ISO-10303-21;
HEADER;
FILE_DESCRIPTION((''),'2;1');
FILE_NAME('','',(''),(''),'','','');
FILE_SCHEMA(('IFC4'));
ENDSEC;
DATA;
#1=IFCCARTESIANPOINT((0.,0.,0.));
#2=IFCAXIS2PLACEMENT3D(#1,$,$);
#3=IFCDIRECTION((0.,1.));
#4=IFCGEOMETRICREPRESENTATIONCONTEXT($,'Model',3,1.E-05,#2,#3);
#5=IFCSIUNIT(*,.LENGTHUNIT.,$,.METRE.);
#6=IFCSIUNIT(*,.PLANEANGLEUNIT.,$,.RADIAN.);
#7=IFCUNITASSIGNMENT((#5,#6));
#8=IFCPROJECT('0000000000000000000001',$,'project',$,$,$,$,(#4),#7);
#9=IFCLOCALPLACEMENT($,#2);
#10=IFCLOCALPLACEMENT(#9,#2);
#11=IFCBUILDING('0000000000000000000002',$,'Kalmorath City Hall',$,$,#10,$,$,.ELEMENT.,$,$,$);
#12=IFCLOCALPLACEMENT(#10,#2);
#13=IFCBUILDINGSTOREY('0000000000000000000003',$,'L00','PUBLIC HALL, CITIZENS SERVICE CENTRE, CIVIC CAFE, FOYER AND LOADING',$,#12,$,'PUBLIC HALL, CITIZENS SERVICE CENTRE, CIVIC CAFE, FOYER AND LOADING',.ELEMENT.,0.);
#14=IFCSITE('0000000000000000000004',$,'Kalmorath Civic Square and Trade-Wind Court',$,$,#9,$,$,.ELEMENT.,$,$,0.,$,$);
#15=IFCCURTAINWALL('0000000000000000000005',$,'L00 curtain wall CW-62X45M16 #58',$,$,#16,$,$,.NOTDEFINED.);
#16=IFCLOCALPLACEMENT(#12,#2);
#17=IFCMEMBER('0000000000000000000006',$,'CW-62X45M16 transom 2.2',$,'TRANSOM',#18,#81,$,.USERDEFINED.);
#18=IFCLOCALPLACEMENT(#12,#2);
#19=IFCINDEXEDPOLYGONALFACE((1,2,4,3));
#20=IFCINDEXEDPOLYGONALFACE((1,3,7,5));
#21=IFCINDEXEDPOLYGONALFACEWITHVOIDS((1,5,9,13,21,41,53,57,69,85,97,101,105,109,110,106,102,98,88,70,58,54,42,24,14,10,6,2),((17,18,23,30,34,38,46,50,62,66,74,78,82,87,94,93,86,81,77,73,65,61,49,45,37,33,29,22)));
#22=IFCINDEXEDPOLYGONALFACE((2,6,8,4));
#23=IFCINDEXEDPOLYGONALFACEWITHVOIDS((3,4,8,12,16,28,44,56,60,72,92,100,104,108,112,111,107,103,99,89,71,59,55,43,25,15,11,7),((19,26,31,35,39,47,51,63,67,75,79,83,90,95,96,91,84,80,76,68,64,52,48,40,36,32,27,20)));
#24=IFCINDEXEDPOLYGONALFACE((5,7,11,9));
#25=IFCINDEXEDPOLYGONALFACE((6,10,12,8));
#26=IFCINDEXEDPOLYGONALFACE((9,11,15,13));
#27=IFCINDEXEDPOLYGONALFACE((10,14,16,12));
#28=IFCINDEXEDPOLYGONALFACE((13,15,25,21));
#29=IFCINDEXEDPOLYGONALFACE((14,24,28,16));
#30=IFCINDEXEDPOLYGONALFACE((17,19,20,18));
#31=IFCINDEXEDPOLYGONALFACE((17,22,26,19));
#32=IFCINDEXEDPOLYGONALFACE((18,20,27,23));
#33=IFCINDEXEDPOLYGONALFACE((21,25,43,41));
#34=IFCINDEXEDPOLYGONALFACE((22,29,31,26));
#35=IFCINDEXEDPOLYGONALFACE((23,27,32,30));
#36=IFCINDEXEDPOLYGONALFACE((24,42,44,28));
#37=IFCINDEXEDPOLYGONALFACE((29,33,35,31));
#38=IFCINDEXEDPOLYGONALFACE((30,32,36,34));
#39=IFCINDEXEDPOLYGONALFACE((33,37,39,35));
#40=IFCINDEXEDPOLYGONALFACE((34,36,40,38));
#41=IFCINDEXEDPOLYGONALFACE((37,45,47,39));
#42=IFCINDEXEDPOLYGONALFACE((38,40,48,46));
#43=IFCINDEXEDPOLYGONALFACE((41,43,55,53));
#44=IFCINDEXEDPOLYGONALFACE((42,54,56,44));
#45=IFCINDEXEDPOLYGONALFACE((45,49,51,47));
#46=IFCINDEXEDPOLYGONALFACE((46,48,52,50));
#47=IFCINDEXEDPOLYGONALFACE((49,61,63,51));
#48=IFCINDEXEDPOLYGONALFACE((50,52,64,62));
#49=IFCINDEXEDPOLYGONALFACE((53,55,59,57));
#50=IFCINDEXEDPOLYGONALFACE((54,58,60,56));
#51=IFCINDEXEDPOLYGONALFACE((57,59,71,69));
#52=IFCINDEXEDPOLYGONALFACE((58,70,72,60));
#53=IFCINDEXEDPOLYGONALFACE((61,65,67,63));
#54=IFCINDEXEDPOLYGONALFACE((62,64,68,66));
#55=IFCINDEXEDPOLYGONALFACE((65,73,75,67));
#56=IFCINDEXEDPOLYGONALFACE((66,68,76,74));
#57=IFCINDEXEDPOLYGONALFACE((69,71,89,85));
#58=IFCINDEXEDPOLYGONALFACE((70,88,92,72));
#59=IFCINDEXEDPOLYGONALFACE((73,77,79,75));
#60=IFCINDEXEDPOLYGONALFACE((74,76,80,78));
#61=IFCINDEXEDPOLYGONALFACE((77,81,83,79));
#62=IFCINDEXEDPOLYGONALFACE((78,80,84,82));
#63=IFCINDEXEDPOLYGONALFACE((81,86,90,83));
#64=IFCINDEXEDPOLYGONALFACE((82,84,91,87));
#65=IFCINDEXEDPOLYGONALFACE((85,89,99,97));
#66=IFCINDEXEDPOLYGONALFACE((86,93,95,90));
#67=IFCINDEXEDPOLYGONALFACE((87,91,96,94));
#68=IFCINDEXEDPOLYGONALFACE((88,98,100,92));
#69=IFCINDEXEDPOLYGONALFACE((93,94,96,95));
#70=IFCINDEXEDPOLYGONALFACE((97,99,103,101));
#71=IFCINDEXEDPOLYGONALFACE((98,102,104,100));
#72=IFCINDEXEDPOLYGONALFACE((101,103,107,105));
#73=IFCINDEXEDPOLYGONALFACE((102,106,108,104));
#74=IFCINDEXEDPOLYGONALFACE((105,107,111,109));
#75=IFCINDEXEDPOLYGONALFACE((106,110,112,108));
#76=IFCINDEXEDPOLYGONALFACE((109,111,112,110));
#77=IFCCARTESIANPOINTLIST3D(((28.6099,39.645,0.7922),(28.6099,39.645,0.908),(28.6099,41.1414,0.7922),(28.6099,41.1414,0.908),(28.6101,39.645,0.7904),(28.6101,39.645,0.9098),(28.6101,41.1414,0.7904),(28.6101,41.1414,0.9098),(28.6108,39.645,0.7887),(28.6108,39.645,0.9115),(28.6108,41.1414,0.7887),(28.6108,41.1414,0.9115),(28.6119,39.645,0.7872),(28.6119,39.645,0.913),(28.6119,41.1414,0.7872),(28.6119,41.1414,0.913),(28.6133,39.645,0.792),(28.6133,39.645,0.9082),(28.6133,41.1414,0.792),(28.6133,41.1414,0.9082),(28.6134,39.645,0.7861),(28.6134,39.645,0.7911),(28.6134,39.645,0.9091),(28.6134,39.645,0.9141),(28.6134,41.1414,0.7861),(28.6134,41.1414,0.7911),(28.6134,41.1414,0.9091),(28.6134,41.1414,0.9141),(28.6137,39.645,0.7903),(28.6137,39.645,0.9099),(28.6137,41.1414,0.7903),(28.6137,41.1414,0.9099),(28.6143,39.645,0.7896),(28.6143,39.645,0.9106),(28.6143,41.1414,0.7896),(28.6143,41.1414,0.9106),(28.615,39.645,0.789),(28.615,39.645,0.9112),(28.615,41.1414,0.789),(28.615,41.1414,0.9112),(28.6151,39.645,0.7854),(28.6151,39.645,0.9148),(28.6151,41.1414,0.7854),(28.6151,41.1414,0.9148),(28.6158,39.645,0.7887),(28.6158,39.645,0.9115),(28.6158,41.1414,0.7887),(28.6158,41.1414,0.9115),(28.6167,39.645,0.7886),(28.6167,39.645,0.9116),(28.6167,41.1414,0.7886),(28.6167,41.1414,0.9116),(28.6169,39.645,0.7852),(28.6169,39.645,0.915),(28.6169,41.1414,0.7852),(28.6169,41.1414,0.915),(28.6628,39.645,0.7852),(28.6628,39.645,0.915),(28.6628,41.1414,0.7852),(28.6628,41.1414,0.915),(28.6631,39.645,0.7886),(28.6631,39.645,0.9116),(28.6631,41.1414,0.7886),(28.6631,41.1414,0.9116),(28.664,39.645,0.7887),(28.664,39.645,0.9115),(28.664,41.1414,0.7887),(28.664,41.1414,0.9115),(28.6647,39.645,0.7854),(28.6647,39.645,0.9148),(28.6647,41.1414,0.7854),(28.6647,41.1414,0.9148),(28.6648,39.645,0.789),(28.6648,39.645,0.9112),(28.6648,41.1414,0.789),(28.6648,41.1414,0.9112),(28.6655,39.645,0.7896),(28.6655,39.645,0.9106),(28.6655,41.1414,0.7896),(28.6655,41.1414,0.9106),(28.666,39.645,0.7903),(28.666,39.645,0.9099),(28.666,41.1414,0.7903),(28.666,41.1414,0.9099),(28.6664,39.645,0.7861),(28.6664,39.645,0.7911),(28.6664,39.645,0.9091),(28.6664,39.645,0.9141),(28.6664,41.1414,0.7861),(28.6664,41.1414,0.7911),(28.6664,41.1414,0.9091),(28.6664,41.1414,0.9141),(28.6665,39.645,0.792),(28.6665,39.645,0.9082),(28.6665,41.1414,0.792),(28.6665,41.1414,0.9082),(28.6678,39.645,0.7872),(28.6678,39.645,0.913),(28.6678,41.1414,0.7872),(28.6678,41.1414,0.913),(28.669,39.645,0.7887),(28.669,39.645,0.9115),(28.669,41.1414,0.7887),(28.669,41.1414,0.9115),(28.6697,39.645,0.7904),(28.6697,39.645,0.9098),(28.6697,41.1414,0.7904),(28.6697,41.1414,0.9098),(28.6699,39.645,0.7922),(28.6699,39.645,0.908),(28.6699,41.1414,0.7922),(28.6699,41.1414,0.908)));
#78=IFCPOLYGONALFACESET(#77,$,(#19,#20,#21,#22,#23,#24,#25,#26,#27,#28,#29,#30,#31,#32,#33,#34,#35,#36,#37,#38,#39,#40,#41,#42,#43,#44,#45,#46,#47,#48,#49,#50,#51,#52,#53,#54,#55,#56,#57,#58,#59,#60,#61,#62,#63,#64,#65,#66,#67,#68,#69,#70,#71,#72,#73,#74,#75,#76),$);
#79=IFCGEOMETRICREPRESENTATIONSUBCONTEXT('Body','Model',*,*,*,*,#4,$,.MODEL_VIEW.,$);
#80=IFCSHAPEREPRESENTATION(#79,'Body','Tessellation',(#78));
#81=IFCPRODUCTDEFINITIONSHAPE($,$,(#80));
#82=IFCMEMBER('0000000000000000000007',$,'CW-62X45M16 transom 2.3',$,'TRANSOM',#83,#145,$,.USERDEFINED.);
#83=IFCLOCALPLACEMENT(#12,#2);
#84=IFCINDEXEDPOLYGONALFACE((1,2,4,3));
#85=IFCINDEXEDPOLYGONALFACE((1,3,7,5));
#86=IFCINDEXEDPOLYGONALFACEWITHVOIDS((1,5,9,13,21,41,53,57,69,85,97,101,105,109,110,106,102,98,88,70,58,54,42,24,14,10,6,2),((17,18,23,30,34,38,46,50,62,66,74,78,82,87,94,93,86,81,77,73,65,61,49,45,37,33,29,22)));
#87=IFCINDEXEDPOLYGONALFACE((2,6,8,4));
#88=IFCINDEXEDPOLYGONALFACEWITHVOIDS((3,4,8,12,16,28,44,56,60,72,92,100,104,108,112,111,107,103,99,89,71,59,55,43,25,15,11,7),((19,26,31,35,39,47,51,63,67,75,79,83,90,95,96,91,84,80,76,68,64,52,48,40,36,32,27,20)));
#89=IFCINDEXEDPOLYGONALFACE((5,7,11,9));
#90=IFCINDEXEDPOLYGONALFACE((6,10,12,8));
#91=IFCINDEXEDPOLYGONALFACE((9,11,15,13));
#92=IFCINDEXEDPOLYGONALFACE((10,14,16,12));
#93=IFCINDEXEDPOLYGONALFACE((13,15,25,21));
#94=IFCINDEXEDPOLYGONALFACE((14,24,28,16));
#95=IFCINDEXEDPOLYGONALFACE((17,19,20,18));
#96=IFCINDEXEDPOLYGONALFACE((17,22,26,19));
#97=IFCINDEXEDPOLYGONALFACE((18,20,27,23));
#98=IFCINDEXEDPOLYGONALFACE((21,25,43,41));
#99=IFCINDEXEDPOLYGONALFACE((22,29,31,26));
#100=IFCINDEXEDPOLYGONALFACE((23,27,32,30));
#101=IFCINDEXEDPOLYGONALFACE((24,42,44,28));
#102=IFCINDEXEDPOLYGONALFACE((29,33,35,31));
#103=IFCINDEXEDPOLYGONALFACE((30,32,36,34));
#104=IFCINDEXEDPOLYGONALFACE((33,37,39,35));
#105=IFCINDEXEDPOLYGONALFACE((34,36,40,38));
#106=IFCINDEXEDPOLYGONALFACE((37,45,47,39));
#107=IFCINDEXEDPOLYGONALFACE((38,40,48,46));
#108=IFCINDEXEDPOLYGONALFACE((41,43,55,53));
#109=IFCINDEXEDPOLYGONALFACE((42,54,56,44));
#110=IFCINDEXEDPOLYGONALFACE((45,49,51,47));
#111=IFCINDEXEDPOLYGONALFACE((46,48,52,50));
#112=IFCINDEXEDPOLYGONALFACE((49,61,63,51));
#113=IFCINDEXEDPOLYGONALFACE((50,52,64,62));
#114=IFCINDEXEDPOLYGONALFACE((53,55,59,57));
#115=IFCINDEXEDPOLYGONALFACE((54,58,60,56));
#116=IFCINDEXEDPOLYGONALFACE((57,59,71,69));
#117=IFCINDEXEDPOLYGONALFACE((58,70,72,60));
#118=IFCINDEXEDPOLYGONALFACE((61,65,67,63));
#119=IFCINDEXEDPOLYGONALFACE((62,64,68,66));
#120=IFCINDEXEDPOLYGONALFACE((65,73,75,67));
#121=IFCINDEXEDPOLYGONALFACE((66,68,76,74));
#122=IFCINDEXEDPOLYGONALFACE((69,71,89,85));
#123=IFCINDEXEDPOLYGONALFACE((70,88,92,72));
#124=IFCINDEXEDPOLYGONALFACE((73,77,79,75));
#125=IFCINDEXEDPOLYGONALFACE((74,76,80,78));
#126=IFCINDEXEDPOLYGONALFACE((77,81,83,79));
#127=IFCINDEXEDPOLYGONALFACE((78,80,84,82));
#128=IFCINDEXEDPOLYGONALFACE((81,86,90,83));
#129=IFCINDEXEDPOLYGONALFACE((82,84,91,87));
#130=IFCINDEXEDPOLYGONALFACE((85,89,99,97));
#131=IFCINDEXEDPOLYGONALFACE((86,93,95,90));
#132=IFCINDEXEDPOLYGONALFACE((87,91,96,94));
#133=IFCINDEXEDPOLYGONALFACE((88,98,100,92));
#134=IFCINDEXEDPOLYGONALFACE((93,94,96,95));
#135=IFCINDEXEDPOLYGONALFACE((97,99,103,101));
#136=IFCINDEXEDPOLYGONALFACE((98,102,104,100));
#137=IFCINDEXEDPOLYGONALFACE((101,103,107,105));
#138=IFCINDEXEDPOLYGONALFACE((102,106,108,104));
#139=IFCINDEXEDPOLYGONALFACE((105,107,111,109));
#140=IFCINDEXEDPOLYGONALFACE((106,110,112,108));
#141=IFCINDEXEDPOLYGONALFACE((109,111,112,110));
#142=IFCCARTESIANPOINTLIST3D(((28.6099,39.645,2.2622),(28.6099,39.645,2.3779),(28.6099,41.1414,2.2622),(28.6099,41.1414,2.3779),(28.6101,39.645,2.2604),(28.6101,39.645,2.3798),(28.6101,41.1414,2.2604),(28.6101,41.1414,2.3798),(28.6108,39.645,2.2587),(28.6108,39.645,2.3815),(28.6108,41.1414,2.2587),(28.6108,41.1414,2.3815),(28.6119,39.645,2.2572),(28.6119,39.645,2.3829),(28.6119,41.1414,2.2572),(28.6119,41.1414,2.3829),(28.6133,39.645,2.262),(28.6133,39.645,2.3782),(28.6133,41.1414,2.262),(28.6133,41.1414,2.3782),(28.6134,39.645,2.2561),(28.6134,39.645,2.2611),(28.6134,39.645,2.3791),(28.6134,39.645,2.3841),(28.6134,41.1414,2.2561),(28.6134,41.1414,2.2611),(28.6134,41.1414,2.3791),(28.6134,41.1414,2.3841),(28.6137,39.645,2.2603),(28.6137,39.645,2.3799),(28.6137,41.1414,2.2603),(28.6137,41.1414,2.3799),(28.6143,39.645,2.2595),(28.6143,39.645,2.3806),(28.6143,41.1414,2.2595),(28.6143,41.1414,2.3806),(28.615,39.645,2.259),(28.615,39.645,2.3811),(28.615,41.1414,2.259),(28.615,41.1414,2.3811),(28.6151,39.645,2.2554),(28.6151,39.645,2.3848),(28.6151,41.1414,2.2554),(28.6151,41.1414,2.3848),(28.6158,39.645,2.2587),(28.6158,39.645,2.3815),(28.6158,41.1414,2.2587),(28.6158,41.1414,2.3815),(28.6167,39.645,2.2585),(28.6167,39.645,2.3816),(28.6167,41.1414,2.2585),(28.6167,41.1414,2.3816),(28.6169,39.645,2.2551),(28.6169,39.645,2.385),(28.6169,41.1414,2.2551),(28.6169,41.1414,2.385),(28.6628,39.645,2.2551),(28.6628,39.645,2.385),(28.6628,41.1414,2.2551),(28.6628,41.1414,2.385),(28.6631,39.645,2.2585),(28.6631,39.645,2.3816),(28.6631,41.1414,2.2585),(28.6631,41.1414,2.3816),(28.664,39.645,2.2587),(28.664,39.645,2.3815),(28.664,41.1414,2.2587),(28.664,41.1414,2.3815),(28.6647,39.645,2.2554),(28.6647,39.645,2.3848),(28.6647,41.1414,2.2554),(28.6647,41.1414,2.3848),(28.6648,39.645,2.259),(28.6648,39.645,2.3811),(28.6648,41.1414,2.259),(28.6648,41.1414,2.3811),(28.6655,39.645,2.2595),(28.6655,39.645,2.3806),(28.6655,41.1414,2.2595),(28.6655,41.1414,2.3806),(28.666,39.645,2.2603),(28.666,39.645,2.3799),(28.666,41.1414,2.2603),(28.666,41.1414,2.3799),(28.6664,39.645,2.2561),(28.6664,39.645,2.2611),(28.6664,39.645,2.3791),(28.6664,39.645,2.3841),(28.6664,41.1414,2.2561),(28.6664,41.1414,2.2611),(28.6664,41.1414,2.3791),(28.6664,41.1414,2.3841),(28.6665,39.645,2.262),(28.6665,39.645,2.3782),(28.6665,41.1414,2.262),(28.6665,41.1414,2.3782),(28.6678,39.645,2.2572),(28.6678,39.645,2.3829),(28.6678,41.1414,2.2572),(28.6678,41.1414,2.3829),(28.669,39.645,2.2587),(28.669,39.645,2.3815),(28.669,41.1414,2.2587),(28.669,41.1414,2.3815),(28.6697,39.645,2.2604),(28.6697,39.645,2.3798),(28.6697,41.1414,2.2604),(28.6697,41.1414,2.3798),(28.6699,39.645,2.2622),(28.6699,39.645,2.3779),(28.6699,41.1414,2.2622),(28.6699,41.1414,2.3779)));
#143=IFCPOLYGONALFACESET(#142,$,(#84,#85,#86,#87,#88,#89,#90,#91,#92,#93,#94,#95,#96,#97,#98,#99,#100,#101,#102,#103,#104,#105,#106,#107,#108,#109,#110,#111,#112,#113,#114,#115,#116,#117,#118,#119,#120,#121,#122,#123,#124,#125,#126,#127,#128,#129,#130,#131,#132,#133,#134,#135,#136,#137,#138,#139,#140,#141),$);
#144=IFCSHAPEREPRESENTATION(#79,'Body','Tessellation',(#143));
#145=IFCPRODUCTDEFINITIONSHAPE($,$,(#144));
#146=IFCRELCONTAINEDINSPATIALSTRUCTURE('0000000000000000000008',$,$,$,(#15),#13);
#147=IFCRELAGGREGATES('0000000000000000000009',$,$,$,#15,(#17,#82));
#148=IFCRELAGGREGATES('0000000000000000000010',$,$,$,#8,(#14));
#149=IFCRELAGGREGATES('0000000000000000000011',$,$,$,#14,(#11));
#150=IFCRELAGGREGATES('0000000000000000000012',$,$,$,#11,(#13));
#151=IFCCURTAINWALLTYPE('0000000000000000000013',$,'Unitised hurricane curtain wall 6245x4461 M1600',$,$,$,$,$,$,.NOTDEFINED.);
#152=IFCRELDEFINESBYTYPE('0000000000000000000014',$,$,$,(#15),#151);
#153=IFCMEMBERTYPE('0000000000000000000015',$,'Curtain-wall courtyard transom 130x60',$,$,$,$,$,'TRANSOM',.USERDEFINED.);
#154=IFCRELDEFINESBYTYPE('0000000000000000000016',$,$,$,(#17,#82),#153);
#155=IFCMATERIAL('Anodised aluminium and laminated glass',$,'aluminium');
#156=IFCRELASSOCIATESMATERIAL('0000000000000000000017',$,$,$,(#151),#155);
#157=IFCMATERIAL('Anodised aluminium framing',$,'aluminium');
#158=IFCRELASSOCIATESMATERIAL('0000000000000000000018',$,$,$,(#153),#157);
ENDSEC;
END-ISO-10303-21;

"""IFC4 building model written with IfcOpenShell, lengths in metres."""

from ifc_helpers import new_model, si_unit, direction, frame, origin, origin_2d, place, context, subcontext, project, spatial, hollow_rectangle, extrude, material, material_profile, profile_set, type_object, element, aggregate, save


model = new_model("IFC4")

# Units and contexts
model_context = context("Model", 3, precision=1e-05, world=origin(), true_north=direction((0.0, 1.0)))
body_context = subcontext(model_context, "Body", "Model", "MODEL_VIEW")
ifc_project = project(units=[si_unit("LENGTHUNIT", "METRE"), si_unit("PLANEANGLEUNIT", "RADIAN")], contexts=[model_context])

# Site, building, storey
site_placement = place(None, origin())
site = spatial("IfcSite", under=ifc_project, at=site_placement, Name="Kalmorath Civic Square and Trade-Wind Court", CompositionType="ELEMENT", RefElevation=0.0)
building_placement = place(site_placement, origin())
building = spatial("IfcBuilding", under=site, at=building_placement, Name="Kalmorath City Hall", CompositionType="ELEMENT")
storey_placement = place(building_placement, origin())
storey = spatial("IfcBuildingStorey", under=building, at=storey_placement, Name="L00", Description="PUBLIC HALL, CITIZENS SERVICE CENTRE, CIVIC CAFE, FOYER AND LOADING", LongName="PUBLIC HALL, CITIZENS SERVICE CENTRE, CIVIC CAFE, FOYER AND LOADING", CompositionType="ELEMENT", Elevation=0.0)

# Curtain wall, members
ifc_material_1 = material(Name="Anodised aluminium and laminated glass", Category="aluminium")
curtain_wall_type_1 = type_object("IfcCurtainWallType", Name="Unitised hurricane curtain wall 6245x4461 M1600", PredefinedType="NOTDEFINED", material=ifc_material_1)
curtain_wall_1_placement = place(storey_placement, origin())
curtain_wall_1 = element("IfcCurtainWall", 1, at=curtain_wall_1_placement, inside=storey, type_object=curtain_wall_type_1, Name="L00 curtain wall CW-62X45M16 #58", PredefinedType="NOTDEFINED")
ifc_material_2 = material(Name="Anodised aluminium framing", Category="aluminium")
ifc_material_profile_1 = material_profile(ifc_material_2, hollow_rectangle(XDim=0.0601, YDim=0.1299, WallThickness=0.0034, InnerFilletRadius=0.0034, OuterFilletRadius=0.0071, at=origin_2d()), Name="ALU-TRN-130X60X3.5")
ifc_profile_set_1 = profile_set([ifc_material_profile_1], Name="Anodised aluminium framing")
member_type_1 = type_object("IfcMemberType", Name="Curtain-wall courtyard transom 130x60", ElementType="TRANSOM", PredefinedType="USERDEFINED", material=ifc_profile_set_1)
member_1_placement = place(storey_placement, frame((28.6399, 41.1414, 0.8501), z_axis=(0.0, -1.0, 0.0), x_axis=(1.0, 0.0, 0.0)))
member_1 = element("IfcMember", 2, at=member_1_placement, type_object=member_type_1, Name="CW-62X45M16 transom 2.2", ObjectType="TRANSOM", PredefinedType="USERDEFINED", context=body_context, shape_type="SweptSolid", body=[
    extrude(hollow_rectangle(XDim=0.0601, YDim=0.1299, WallThickness=0.0034, InnerFilletRadius=0.0034, OuterFilletRadius=0.0071, at=origin_2d()), origin(), (0.0, 0.0, 1.0), 1.4963),
])
member_2_placement = place(storey_placement, frame((28.6399, 41.1414, 2.3201), z_axis=(0.0, -1.0, 0.0), x_axis=(1.0, 0.0, 0.0)))
member_2 = element("IfcMember", 3, at=member_2_placement, type_object=member_type_1, Name="CW-62X45M16 transom 2.3", ObjectType="TRANSOM", PredefinedType="USERDEFINED", context=body_context, shape_type="SweptSolid", body=[
    extrude(hollow_rectangle(XDim=0.0601, YDim=0.1299, WallThickness=0.0034, InnerFilletRadius=0.0034, OuterFilletRadius=0.0071, at=origin_2d()), origin(), (0.0, 0.0, 1.0), 1.4963),
])

aggregate(curtain_wall_1, [member_1, member_2])

save(model, "model.ifc")
